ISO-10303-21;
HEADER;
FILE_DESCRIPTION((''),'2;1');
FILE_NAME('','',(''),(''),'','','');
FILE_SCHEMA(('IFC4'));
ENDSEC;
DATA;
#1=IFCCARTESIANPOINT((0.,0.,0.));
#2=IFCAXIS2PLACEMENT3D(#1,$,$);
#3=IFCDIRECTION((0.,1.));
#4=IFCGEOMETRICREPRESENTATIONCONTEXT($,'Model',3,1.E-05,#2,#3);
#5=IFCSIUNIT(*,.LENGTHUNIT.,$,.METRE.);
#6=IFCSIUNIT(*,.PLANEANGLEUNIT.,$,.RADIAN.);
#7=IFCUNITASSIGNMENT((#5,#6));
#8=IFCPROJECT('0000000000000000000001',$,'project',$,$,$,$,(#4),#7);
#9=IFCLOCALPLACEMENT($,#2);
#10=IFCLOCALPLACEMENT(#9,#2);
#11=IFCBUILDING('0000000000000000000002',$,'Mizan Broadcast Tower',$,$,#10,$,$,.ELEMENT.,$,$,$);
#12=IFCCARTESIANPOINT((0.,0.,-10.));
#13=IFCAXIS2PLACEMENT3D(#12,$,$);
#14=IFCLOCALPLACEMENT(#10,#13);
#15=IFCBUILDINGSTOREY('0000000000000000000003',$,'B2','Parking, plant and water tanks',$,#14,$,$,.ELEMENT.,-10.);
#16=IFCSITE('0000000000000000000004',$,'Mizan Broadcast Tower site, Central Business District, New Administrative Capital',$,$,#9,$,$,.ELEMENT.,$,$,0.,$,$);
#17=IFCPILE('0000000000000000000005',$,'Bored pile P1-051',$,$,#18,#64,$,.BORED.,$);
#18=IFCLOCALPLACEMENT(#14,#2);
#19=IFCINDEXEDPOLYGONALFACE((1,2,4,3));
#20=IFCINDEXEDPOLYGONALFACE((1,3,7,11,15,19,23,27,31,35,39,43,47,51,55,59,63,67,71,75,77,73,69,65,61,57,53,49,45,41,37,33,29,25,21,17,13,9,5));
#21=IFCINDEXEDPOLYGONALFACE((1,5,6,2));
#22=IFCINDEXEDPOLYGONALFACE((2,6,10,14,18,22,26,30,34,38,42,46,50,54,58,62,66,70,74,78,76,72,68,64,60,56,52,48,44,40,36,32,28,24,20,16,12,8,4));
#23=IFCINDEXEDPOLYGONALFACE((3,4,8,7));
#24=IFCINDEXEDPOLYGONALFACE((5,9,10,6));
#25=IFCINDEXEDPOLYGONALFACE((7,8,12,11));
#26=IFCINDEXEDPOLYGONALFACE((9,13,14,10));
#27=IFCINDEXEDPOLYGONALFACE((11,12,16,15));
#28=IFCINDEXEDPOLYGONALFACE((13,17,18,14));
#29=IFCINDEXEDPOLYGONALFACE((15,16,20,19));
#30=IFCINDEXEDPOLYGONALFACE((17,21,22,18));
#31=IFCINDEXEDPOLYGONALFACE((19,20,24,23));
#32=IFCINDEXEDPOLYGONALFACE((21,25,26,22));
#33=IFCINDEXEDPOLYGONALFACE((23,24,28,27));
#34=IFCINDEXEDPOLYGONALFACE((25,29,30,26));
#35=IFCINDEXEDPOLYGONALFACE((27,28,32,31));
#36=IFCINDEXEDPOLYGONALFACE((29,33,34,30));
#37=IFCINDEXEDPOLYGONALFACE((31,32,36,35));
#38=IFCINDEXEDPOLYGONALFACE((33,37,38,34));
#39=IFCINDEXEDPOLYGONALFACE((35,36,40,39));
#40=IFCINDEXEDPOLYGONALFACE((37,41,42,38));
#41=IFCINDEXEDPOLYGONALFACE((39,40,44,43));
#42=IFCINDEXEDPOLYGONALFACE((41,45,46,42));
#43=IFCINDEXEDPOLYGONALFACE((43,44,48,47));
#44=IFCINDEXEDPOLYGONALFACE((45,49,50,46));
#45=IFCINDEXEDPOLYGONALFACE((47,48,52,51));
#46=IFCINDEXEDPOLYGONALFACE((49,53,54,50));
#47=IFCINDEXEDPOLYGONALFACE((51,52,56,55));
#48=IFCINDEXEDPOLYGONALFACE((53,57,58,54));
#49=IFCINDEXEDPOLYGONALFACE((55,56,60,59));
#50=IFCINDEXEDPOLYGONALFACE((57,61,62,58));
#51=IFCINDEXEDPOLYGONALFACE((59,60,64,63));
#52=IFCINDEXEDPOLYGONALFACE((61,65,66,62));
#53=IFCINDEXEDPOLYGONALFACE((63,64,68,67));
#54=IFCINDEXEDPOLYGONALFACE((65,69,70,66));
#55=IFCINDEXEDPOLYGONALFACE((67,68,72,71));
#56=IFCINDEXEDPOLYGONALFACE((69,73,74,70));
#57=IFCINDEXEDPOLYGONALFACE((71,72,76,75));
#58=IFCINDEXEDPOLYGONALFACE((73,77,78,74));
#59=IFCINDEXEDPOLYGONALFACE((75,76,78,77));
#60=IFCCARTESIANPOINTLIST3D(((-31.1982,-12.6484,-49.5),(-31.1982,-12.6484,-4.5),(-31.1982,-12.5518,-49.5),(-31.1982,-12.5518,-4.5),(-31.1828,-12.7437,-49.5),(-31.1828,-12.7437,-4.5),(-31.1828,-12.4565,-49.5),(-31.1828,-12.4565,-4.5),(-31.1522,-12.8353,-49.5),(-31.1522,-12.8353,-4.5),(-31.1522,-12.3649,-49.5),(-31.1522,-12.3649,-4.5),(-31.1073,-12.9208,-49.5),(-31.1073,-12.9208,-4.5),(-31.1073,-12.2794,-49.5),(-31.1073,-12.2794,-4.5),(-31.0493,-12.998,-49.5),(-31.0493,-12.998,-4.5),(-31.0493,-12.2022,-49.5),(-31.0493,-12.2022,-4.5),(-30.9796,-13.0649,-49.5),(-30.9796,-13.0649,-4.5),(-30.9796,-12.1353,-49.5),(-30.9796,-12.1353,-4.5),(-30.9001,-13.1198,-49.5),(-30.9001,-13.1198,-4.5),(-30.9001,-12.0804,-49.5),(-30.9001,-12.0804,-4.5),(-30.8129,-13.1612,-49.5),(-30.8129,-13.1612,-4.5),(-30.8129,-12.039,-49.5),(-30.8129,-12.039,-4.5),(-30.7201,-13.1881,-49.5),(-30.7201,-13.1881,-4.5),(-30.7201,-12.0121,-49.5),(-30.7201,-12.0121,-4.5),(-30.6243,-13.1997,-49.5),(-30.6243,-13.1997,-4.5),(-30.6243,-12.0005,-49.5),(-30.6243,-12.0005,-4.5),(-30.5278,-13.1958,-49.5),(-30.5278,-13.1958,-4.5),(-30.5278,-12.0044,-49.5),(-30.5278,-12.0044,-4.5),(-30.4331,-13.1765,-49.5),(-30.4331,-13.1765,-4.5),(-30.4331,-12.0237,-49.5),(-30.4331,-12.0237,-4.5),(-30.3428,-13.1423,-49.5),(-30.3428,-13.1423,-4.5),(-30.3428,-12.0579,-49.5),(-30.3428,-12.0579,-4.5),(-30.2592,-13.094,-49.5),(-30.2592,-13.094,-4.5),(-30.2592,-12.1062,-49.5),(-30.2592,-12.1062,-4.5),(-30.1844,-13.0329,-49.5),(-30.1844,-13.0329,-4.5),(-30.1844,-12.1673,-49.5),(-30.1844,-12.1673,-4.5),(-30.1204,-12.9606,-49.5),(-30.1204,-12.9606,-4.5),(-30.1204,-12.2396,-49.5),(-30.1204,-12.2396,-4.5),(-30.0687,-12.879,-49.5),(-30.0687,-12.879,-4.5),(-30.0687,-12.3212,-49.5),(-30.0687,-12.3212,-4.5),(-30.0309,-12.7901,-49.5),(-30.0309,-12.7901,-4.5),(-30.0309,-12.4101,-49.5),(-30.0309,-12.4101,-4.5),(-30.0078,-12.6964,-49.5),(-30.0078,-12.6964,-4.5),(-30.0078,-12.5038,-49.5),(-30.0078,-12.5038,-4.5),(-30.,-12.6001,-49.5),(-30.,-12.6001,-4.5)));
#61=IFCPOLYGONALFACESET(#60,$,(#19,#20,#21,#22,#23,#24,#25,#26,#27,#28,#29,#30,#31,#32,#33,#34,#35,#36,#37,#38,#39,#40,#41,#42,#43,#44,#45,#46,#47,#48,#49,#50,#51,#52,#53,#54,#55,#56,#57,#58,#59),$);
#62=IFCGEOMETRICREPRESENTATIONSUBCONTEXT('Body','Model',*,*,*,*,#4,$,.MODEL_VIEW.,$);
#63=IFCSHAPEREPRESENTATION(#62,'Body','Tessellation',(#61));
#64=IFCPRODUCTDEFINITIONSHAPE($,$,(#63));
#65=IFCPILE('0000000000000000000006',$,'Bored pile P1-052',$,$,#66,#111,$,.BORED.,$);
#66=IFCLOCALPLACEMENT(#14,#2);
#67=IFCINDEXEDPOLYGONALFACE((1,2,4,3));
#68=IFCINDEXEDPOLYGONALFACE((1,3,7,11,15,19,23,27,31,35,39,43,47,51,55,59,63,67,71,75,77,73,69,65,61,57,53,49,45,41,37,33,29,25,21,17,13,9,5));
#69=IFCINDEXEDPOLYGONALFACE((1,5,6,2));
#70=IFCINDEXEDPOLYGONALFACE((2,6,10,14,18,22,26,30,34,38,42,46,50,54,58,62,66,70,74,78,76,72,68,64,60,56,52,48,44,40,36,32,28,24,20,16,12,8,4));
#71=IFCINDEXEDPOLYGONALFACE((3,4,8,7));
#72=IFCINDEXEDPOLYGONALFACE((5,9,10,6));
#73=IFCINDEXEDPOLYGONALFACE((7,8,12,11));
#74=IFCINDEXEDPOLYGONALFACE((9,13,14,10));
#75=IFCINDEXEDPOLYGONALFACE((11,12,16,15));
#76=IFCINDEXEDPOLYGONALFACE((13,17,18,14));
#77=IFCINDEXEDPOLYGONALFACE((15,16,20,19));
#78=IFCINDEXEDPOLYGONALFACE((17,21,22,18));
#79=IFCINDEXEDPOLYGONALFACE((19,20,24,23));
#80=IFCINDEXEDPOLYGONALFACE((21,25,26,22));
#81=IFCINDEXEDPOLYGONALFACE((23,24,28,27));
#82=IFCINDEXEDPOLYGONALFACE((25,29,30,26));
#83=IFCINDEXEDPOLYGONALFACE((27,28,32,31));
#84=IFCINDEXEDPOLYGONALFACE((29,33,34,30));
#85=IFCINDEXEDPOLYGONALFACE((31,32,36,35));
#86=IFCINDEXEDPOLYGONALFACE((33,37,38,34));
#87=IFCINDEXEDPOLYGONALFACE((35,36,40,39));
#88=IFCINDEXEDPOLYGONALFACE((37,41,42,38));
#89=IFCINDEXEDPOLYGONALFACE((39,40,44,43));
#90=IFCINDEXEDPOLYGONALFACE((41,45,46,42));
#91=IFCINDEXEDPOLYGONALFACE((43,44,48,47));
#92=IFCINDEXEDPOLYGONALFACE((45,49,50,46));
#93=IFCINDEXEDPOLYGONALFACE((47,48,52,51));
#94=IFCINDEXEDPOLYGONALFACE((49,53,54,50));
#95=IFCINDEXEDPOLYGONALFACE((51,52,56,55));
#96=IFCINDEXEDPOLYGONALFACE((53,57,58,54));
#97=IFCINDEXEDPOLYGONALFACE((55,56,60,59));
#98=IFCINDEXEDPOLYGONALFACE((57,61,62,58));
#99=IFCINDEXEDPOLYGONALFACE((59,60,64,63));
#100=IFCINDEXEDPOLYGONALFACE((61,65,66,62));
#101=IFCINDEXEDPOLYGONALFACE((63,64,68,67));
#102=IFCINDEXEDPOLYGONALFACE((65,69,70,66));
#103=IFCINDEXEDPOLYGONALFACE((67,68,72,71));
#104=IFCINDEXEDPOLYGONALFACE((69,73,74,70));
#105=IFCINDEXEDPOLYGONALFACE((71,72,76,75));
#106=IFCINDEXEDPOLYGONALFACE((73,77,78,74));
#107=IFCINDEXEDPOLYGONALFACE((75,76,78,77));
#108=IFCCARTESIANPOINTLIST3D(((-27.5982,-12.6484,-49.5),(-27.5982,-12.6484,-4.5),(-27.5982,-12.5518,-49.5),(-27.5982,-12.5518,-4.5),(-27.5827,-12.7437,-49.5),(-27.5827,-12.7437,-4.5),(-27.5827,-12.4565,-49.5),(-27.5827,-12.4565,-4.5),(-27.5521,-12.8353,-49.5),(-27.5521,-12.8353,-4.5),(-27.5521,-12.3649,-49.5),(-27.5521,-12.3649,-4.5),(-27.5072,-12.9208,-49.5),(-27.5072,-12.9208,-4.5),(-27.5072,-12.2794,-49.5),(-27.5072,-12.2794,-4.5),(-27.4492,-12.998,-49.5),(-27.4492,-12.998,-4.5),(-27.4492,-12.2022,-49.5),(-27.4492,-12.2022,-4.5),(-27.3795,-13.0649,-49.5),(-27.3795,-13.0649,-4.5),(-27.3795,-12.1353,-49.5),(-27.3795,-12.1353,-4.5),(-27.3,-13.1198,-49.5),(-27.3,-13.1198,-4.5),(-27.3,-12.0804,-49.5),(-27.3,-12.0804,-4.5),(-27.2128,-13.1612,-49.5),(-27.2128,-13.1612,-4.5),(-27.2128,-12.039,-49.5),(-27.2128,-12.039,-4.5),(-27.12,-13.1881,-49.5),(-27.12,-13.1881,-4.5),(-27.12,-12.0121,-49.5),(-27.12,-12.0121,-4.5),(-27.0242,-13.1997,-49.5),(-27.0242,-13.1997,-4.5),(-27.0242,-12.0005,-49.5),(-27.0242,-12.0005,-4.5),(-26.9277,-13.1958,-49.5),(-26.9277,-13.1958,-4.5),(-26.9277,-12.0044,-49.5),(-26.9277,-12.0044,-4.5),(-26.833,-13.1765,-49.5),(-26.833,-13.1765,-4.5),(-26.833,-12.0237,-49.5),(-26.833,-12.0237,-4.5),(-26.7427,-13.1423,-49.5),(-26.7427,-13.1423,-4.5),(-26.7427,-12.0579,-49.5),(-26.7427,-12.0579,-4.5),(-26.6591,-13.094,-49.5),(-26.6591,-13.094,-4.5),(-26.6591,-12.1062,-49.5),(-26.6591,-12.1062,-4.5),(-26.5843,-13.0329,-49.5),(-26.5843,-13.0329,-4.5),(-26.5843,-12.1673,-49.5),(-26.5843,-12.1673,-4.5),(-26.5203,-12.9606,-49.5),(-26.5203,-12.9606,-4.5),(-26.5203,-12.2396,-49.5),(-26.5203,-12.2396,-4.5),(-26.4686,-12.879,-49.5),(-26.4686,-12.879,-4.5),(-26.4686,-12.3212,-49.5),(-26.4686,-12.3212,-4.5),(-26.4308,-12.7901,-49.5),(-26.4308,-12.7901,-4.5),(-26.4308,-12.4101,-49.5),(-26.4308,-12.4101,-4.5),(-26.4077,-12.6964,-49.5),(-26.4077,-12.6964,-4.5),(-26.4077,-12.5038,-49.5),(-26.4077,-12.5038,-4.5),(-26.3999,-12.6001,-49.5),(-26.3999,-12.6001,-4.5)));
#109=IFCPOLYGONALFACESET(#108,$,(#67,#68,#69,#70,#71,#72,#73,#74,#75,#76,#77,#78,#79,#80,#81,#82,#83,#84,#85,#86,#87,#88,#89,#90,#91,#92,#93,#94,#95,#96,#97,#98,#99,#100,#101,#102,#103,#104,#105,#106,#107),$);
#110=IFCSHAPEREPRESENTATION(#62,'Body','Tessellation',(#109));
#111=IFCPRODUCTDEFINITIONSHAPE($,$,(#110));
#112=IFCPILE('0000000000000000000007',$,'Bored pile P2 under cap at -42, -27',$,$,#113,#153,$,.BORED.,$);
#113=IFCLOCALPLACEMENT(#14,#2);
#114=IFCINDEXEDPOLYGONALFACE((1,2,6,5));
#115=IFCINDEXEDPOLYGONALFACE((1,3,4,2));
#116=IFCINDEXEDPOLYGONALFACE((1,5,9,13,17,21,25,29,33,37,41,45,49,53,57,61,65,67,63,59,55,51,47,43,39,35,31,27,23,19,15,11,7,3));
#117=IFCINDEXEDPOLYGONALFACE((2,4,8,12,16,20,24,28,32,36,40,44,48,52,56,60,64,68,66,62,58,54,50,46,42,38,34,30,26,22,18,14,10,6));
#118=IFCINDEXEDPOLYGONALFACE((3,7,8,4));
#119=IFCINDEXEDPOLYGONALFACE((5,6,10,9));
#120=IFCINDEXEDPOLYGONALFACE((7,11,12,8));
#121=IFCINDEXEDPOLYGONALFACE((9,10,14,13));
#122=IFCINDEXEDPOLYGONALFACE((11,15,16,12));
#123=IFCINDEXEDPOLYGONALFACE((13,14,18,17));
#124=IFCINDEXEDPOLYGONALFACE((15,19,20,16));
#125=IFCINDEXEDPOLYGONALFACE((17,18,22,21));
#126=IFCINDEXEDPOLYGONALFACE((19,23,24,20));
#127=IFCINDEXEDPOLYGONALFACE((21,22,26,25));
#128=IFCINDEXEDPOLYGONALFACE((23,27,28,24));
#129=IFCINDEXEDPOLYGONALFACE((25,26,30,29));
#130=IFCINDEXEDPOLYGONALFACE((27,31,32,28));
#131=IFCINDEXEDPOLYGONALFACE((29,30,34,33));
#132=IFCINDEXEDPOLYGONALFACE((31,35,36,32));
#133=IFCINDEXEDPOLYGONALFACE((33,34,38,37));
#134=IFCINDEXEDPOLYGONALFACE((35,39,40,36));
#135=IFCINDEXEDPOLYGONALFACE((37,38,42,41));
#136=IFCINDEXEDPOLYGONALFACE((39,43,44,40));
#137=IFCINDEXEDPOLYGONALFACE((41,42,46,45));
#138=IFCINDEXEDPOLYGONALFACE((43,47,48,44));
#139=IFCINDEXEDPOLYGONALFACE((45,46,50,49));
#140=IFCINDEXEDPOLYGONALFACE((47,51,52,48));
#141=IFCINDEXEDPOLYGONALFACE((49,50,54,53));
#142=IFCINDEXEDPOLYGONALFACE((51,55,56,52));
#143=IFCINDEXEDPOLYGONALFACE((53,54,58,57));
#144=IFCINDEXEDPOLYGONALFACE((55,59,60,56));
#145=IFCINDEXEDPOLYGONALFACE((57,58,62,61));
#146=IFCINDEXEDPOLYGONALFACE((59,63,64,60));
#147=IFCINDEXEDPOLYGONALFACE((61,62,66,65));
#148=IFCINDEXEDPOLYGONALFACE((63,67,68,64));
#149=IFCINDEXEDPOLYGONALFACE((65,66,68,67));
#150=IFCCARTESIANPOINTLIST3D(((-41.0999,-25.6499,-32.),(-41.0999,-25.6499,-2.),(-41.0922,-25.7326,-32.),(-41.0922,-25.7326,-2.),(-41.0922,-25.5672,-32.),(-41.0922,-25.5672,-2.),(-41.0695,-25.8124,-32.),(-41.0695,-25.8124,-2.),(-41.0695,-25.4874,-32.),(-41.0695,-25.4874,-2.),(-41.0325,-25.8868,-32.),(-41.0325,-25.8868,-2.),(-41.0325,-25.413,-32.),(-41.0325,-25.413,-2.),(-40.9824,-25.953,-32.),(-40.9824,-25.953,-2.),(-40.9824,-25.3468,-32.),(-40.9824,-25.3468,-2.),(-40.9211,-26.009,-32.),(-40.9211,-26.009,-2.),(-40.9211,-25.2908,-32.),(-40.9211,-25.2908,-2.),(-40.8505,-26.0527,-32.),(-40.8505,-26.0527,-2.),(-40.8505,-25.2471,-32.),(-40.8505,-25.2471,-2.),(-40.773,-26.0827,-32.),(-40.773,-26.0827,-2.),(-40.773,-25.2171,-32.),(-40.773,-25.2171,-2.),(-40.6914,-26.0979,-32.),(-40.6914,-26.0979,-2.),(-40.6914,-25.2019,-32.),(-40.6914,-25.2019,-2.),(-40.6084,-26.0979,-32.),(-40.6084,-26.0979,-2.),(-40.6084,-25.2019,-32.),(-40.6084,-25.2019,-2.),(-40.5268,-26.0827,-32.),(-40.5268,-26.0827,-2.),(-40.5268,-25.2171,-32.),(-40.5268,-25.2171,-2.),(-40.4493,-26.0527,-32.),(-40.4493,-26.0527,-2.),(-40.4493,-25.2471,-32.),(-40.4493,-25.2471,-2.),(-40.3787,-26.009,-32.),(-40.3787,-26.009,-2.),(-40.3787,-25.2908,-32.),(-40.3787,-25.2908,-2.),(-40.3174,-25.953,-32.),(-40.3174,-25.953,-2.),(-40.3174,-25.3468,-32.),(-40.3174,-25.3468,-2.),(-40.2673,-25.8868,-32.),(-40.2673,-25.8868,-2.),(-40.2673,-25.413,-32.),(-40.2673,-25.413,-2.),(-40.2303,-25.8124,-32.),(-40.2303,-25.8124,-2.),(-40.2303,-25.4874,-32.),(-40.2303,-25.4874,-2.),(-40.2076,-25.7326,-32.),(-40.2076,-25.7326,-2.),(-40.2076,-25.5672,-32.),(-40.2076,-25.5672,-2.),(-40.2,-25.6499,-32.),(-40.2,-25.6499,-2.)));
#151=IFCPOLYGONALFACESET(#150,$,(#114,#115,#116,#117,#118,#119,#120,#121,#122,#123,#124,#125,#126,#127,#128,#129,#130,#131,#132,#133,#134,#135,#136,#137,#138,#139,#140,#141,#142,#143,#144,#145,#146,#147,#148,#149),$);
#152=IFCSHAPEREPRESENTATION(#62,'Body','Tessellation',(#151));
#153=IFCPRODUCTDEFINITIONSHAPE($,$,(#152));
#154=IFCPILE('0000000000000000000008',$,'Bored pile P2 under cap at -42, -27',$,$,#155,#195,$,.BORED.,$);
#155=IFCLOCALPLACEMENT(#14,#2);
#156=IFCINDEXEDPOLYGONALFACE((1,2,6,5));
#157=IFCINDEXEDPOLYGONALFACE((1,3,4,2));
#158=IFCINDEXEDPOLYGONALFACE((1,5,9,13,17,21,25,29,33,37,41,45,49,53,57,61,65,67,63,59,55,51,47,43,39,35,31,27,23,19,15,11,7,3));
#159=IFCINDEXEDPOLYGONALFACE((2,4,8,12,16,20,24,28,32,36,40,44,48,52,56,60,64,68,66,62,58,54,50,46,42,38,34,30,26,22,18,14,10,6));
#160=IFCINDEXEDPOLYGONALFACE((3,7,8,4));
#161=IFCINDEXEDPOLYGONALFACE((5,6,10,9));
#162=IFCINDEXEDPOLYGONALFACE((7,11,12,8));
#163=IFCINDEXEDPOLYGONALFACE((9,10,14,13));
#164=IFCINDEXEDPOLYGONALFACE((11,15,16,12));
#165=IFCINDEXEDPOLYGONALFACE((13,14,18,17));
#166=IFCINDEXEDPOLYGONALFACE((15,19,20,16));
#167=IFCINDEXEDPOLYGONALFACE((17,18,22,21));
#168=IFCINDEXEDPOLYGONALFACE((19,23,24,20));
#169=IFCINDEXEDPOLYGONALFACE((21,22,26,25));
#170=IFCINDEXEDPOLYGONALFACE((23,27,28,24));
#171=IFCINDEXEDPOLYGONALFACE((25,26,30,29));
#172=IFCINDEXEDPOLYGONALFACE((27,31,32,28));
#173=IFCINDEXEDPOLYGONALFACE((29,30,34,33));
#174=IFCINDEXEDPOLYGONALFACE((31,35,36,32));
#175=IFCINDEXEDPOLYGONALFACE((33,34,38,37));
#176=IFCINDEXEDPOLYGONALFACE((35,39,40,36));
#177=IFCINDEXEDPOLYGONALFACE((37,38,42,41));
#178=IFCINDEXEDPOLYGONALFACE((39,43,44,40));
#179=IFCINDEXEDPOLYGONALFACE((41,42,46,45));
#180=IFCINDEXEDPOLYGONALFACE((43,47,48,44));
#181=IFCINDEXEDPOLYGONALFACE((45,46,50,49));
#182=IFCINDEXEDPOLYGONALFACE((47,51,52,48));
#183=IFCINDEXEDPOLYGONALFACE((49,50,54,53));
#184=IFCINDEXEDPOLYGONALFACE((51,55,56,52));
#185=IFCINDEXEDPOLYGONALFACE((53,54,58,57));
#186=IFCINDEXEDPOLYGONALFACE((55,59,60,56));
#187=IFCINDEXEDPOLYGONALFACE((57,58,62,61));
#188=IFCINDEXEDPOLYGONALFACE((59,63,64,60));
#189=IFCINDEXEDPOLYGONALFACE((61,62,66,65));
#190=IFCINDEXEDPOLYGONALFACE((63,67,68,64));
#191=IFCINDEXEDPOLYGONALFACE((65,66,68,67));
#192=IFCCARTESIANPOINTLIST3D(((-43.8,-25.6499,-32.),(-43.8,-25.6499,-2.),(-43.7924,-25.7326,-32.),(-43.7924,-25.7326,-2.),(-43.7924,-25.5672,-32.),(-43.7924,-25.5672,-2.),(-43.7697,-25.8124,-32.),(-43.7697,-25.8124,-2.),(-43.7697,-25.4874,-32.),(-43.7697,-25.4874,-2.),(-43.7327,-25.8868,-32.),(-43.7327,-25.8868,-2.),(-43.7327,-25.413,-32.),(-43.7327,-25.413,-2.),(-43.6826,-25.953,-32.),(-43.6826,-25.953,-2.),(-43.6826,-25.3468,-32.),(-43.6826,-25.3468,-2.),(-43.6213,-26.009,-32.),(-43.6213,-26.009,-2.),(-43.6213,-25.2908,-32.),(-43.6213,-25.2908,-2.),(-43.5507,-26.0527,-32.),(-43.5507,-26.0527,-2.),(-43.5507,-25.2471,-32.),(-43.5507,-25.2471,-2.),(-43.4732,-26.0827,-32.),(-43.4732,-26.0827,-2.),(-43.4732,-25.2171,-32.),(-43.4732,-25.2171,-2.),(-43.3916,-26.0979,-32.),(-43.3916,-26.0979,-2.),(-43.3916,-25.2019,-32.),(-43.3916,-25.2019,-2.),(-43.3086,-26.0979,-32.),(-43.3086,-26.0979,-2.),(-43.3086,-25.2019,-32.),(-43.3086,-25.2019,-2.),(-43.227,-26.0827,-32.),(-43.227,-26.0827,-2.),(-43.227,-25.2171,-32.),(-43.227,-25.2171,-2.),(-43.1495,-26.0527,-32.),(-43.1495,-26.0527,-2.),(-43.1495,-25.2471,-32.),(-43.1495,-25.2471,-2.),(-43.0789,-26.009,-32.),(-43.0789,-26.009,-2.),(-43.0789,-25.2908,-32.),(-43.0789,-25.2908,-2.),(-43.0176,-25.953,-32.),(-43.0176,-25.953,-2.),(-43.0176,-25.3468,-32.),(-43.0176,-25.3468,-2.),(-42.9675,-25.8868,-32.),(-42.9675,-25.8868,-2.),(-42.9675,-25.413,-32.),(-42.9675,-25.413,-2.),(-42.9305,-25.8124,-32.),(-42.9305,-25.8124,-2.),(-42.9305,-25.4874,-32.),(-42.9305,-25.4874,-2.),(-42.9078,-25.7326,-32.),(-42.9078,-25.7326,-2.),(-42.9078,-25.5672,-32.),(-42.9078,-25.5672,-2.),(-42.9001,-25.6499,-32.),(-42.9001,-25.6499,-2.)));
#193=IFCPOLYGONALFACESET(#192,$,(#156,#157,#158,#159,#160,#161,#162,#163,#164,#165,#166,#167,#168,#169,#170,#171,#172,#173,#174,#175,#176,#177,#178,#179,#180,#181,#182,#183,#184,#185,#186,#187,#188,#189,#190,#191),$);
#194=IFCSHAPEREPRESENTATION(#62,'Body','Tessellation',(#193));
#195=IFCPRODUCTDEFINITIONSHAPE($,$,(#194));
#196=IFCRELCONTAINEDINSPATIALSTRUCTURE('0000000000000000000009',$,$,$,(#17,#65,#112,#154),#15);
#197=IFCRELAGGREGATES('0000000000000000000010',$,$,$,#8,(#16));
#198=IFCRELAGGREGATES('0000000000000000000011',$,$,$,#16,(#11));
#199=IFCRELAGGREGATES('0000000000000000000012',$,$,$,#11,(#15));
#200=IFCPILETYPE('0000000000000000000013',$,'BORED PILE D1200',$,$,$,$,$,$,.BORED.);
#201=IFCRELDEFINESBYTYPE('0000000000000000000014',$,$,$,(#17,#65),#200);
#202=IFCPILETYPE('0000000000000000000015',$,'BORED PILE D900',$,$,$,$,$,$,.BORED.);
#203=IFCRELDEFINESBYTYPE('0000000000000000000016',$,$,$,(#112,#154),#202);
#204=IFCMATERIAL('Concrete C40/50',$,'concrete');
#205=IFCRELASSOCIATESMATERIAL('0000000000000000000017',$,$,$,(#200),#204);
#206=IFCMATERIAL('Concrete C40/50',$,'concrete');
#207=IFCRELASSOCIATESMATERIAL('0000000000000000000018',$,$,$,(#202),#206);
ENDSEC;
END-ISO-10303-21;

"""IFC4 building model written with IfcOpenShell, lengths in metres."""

from ifc_helpers import new_model, si_unit, direction, frame, origin, origin_2d, place, context, subcontext, project, spatial, circle, extrude, material, material_profile, profile_set, type_object, element, save


model = new_model("IFC4")

# Units and contexts
model_context = context("Model", 3, precision=1e-05, world=origin(), true_north=direction((0.0, 1.0)))
body_context = subcontext(model_context, "Body", "Model", "MODEL_VIEW")
ifc_project = project(units=[si_unit("LENGTHUNIT", "METRE"), si_unit("PLANEANGLEUNIT", "RADIAN")], contexts=[model_context])

# Site, building, storey
site_placement = place(None, origin())
site = spatial("IfcSite", under=ifc_project, at=site_placement, Name="Mizan Broadcast Tower site, Central Business District, New Administrative Capital", CompositionType="ELEMENT", RefElevation=0.0)
building_placement = place(site_placement, origin())
building = spatial("IfcBuilding", under=site, at=building_placement, Name="Mizan Broadcast Tower", CompositionType="ELEMENT")
storey_placement = place(building_placement, frame((0.0, 0.0, -10.0)))
storey = spatial("IfcBuildingStorey", under=building, at=storey_placement, Name="B2", Description="Parking, plant and water tanks", CompositionType="ELEMENT", Elevation=-10.0)

# Piles
ifc_material_1 = material(Name="Concrete C40/50", Category="concrete")
ifc_material_profile_1 = material_profile(ifc_material_1, circle(Radius=0.6001, at=origin_2d()), Name="D1200")
ifc_profile_set_1 = profile_set([ifc_material_profile_1], Name="Concrete C40/50")
pile_type_1 = type_object("IfcPileType", Name="BORED PILE D1200", PredefinedType="BORED", material=ifc_profile_set_1)
for number, where, z_axis, x_axis, name in (
    (1, (-30.6001, -12.6001, -4.5), (0.0, 0.0, -1.0), (1.0, 0.0, 0.0), "Bored pile P1-051"),
    (2, (-27.0, -12.6001, -4.5), (0.0, 0.0, -1.0), (1.0, 0.0, 0.0), "Bored pile P1-052"),
):
    element("IfcPile", number, at=place(storey_placement, frame(where, z_axis=z_axis, x_axis=x_axis)), inside=storey, type_object=pile_type_1, Name=name, PredefinedType="BORED", context=body_context, shape_type="SweptSolid", body=[
        extrude(circle(Radius=0.6001, at=origin_2d()), origin(), (0.0, 0.0, 1.0), 45.0),
    ])
ifc_material_2 = material(Name="Concrete C40/50", Category="concrete")
ifc_material_profile_2 = material_profile(ifc_material_2, circle(Radius=0.45, at=origin_2d()), Name="D900")
ifc_profile_set_2 = profile_set([ifc_material_profile_2], Name="Concrete C40/50")
pile_type_2 = type_object("IfcPileType", Name="BORED PILE D900", PredefinedType="BORED", material=ifc_profile_set_2)
for number, where, z_axis, x_axis, name in (
    (3, (-40.6499, -25.6499, -2.0), (0.0, 0.0, -1.0), (1.0, 0.0, 0.0), "Bored pile P2 under cap at -42, -27"),
    (4, (-43.3501, -25.6499, -2.0), (0.0, 0.0, -1.0), (1.0, 0.0, 0.0), "Bored pile P2 under cap at -42, -27"),
):
    element("IfcPile", number, at=place(storey_placement, frame(where, z_axis=z_axis, x_axis=x_axis)), inside=storey, type_object=pile_type_2, Name=name, PredefinedType="BORED", context=body_context, shape_type="SweptSolid", body=[
        extrude(circle(Radius=0.45, at=origin_2d()), origin(), (0.0, 0.0, 1.0), 30.0),
    ])

save(model, "model.ifc")
